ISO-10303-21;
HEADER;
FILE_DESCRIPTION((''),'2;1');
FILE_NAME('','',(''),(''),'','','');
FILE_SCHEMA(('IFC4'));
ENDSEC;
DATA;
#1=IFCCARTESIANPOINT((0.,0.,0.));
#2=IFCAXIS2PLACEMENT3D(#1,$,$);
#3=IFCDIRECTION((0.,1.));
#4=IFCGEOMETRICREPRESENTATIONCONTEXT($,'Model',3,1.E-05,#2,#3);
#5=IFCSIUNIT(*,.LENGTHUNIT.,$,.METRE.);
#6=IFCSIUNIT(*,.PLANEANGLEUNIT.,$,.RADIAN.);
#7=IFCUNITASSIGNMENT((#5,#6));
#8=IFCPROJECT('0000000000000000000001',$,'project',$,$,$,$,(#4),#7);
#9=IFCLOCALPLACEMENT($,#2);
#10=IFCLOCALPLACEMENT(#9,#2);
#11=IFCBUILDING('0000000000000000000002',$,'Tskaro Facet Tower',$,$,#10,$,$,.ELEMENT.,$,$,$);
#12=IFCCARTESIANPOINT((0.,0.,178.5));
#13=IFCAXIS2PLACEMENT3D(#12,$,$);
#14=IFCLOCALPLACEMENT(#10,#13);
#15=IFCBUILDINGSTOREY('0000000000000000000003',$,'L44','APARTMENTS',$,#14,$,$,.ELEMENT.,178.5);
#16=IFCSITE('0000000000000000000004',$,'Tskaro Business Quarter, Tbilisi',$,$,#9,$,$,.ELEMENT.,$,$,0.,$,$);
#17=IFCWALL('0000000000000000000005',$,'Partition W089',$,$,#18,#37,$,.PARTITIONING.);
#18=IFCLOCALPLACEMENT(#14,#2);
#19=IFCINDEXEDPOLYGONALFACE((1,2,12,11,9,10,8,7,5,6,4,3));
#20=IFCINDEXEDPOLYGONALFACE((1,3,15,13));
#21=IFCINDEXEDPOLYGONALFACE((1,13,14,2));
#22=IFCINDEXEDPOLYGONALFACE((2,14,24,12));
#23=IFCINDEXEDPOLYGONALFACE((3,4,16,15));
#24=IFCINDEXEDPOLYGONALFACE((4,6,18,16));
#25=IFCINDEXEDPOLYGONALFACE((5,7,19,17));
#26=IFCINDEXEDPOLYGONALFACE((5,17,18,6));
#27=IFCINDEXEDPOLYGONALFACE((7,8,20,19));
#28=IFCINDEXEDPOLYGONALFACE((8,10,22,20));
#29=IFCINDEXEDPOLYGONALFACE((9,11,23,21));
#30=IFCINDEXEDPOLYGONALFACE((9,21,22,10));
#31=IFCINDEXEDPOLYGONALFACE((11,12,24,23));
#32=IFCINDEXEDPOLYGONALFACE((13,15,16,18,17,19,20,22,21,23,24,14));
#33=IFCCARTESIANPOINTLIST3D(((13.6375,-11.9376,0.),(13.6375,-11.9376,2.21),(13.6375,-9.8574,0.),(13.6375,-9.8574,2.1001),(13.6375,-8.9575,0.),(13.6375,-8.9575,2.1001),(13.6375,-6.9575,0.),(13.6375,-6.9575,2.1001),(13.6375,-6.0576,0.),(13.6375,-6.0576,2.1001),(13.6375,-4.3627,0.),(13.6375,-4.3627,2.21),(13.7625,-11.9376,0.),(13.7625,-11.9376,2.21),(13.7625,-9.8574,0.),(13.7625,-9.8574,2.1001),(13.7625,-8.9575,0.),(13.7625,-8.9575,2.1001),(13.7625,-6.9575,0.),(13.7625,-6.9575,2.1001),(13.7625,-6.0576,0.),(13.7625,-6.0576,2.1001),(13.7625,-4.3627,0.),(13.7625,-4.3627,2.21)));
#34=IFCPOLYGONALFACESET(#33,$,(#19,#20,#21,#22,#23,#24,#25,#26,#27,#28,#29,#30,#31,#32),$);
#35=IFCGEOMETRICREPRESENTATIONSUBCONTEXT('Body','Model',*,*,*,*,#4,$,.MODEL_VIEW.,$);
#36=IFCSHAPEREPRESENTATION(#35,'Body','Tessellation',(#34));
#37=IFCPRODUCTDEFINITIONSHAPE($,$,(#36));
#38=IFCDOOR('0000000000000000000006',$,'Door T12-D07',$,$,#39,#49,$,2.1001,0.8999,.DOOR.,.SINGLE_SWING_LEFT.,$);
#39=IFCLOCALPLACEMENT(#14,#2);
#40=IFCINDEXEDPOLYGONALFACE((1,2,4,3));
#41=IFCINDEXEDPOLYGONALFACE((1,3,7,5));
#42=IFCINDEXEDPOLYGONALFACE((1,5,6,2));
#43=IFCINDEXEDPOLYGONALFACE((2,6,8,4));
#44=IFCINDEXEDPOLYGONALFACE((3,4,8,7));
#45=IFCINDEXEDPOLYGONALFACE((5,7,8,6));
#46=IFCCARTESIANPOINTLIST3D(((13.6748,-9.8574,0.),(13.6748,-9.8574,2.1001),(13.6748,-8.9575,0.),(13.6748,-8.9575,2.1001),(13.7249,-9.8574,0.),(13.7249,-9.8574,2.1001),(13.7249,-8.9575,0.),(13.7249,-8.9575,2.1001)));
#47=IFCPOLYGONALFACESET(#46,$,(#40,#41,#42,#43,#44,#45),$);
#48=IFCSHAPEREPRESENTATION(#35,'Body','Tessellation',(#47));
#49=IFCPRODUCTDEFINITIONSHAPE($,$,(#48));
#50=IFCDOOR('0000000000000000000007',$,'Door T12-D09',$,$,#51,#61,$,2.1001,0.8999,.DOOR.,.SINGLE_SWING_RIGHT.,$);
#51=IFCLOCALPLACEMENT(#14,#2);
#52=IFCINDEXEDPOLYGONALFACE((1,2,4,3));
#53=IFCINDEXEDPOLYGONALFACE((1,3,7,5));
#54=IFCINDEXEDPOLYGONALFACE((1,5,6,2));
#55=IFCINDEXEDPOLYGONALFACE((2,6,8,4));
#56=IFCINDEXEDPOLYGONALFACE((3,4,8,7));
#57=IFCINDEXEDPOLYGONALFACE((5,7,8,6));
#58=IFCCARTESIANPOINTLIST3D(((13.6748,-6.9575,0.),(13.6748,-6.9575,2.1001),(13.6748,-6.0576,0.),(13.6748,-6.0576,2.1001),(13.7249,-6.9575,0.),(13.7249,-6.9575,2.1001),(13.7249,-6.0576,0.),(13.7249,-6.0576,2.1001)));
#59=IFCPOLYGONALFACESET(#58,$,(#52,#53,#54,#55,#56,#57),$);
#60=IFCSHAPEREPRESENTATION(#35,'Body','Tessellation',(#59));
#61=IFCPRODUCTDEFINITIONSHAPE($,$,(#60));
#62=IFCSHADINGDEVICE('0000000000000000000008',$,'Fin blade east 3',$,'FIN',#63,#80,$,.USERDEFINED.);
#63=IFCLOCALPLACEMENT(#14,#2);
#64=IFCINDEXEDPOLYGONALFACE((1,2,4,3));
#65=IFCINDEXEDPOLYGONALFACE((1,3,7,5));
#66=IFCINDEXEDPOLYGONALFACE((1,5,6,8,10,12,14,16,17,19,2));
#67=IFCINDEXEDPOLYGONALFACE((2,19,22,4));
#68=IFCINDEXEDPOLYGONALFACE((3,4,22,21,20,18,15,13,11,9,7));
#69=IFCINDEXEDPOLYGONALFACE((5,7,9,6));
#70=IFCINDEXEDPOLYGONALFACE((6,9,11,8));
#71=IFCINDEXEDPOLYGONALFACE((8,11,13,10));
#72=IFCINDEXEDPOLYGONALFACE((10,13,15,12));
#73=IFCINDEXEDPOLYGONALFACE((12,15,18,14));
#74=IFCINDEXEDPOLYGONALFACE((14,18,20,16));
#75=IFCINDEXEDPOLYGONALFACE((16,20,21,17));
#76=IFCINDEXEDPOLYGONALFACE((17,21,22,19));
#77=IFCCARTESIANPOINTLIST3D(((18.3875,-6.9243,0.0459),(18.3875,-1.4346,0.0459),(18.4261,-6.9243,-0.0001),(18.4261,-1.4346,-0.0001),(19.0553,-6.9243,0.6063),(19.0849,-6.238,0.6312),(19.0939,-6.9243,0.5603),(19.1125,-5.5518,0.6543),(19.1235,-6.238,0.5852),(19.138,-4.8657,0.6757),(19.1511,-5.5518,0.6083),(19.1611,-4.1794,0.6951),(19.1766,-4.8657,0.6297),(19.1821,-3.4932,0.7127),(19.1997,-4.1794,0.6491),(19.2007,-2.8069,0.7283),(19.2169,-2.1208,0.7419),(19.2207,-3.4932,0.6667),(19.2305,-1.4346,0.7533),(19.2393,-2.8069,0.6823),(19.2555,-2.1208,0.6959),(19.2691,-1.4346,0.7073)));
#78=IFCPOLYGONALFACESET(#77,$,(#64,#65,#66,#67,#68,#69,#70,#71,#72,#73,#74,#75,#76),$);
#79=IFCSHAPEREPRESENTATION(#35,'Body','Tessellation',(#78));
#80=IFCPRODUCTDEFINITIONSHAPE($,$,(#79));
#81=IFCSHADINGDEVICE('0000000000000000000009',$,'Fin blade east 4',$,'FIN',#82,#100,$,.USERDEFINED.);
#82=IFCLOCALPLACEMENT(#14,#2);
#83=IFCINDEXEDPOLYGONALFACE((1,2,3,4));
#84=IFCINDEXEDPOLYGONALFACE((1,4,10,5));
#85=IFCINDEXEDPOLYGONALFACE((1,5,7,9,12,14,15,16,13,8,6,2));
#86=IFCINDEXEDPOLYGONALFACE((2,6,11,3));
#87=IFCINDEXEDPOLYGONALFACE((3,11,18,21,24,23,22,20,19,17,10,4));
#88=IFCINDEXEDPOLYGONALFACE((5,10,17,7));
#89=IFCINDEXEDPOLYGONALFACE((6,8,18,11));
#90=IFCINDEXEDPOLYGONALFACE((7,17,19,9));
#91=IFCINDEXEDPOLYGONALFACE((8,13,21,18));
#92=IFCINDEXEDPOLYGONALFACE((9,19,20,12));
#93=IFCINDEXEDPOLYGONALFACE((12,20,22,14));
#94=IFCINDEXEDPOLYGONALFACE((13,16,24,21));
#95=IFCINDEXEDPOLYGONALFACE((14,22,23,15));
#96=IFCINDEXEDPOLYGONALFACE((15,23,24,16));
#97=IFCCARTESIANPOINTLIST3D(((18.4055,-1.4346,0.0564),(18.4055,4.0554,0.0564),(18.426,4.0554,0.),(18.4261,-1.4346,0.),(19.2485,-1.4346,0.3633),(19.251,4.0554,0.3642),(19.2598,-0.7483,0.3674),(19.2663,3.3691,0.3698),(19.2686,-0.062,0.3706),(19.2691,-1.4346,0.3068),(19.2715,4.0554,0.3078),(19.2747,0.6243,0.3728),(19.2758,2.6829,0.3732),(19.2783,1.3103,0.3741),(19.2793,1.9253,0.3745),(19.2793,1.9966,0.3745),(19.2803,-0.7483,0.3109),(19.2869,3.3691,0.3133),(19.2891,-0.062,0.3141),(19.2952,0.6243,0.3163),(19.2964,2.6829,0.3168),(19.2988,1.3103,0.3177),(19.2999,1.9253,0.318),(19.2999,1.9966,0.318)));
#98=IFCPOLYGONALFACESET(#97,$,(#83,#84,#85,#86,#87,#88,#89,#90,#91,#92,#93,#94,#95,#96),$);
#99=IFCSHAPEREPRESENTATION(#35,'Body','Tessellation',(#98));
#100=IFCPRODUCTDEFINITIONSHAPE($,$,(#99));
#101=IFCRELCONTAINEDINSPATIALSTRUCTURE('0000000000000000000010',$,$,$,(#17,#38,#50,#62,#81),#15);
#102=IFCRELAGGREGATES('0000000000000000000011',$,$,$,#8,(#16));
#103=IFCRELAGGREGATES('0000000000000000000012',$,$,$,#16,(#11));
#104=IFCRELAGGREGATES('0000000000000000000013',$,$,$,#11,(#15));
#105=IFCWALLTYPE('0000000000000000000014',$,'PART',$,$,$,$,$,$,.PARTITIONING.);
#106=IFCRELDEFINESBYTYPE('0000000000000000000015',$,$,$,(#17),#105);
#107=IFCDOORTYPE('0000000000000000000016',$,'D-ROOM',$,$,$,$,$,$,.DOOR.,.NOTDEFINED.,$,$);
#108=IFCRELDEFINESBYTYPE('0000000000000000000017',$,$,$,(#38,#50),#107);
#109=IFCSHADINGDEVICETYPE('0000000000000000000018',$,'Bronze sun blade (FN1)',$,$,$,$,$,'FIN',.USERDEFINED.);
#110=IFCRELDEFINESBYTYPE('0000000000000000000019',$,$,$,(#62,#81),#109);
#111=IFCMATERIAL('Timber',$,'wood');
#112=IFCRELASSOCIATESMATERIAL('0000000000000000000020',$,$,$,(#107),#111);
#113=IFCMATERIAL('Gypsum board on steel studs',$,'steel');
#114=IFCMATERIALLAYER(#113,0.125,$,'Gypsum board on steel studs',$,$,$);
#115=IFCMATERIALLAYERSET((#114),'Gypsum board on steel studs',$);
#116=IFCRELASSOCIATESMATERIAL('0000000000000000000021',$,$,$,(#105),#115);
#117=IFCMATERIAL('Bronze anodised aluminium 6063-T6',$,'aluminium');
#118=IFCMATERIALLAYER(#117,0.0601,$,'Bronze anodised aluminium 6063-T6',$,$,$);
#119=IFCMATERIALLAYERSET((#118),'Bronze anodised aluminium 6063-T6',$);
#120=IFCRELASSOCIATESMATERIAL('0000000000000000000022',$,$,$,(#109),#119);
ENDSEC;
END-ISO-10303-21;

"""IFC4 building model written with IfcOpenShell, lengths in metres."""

from ifc_helpers import new_model, si_unit, direction, frame, frame_2d, origin, place, context, subcontext, project, spatial, polyline, rectangle, outline, extrude, material, layer, layer_set, type_object, element, fill, save


model = new_model("IFC4")

# Units and contexts
model_context = context("Model", 3, precision=1e-05, world=origin(), true_north=direction((0.0, 1.0)))
body_context = subcontext(model_context, "Body", "Model", "MODEL_VIEW")
ifc_project = project(units=[si_unit("LENGTHUNIT", "METRE"), si_unit("PLANEANGLEUNIT", "RADIAN")], contexts=[model_context])

# Site, building, storey
site_placement = place(None, origin())
site = spatial("IfcSite", under=ifc_project, at=site_placement, Name="Tskaro Business Quarter, Tbilisi", CompositionType="ELEMENT", RefElevation=0.0)
building_placement = place(site_placement, origin())
building = spatial("IfcBuilding", under=site, at=building_placement, Name="Tskaro Facet Tower", CompositionType="ELEMENT")
storey_placement = place(building_placement, frame((0.0, 0.0, 178.5)))
storey = spatial("IfcBuildingStorey", under=building, at=storey_placement, Name="L44", Description="APARTMENTS", CompositionType="ELEMENT", Elevation=178.5)

# Shared definitions
ifc_material_1 = material(Name="Bronze anodised aluminium 6063-T6", Category="aluminium")

# Shared definitions
ifc_material_2 = material(Name="Timber", Category="wood")
door_type_1 = type_object("IfcDoorType", Name="D-ROOM", OperationType="NOTDEFINED", PredefinedType="DOOR", material=ifc_material_2)
ifc_material_3 = material(Name="Gypsum board on steel studs", Category="steel")
ifc_layer_1 = layer(ifc_material_3, 0.125, Name="Gypsum board on steel studs")
ifc_layer_set_1 = layer_set([ifc_layer_1], Name="Gypsum board on steel studs")
wall_type_1 = type_object("IfcWallType", Name="PART", PredefinedType="PARTITIONING", material=ifc_layer_set_1)

# Wall, openings, doors
wall_1_placement = place(storey_placement, frame((13.7, -4.3625, 0.0), z_axis=(0.0, 0.0, 1.0), x_axis=(0.0, -1.0, 0.0)))
wall_1 = element("IfcWall", 1, at=wall_1_placement, inside=storey, type_object=wall_type_1, Name="Partition W089", PredefinedType="PARTITIONING", context=body_context, shape_type="SweptSolid", body=[
    extrude(rectangle(XDim=7.575, YDim=0.125, at=frame_2d((3.7876, 0.0))), origin(), (0.0, 0.0, 1.0), 2.21),
])
opening_1_placement = place(wall_1_placement, frame((4.595, 0.0, 0.0)))
opening_1 = element("IfcOpeningElement", 2, at=opening_1_placement, cuts=wall_1, PredefinedType="OPENING", context=body_context, shape_type="SweptSolid", body=[
    extrude(rectangle(XDim=0.8999, YDim=2.1001, at=frame_2d((0.45, 1.05))), frame((0.0, 0.0725, 0.0), z_axis=(0.0, -1.0, 0.0), x_axis=(1.0, 0.0, 0.0)), (0.0, 0.0, 1.0), 0.145),
])
opening_2_placement = place(wall_1_placement, frame((1.6951, 0.0, 0.0)))
opening_2 = element("IfcOpeningElement", 3, at=opening_2_placement, cuts=wall_1, PredefinedType="OPENING", context=body_context, shape_type="SweptSolid", body=[
    extrude(rectangle(XDim=0.8999, YDim=2.1001, at=frame_2d((0.45, 1.05))), frame((0.0, 0.0725, 0.0), z_axis=(0.0, -1.0, 0.0), x_axis=(1.0, 0.0, 0.0)), (0.0, 0.0, 1.0), 0.145),
])
door_1_placement = place(opening_1_placement, origin())
door_1 = element("IfcDoor", 4, at=door_1_placement, inside=storey, type_object=door_type_1, Name="Door T12-D07", OperationType="SINGLE_SWING_LEFT", OverallHeight=2.1001, OverallWidth=0.8999, PredefinedType="DOOR", context=body_context, shape_type="SweptSolid", body=[
    extrude(rectangle(XDim=0.8999, YDim=2.1001, at=frame_2d((0.45, 1.05))), frame((0.0, 0.0249, 0.0), z_axis=(0.0, -1.0, 0.0), x_axis=(1.0, 0.0, 0.0)), (0.0, 0.0, 1.0), 0.05),
])
fill(opening_1, door_1)
door_2_placement = place(opening_2_placement, origin())
door_2 = element("IfcDoor", 5, at=door_2_placement, inside=storey, type_object=door_type_1, Name="Door T12-D09", OperationType="SINGLE_SWING_RIGHT", OverallHeight=2.1001, OverallWidth=0.8999, PredefinedType="DOOR", context=body_context, shape_type="SweptSolid", body=[
    extrude(rectangle(XDim=0.8999, YDim=2.1001, at=frame_2d((0.45, 1.05))), frame((0.0, 0.0249, 0.0), z_axis=(0.0, -1.0, 0.0), x_axis=(1.0, 0.0, 0.0)), (0.0, 0.0, 1.0), 0.05),
])
fill(opening_2, door_2)

# Shading devices
ifc_layer_2 = layer(ifc_material_1, 0.0601, Name="Bronze anodised aluminium 6063-T6")
ifc_layer_set_2 = layer_set([ifc_layer_2], Name="Bronze anodised aluminium 6063-T6")
shading_device_type = type_object("IfcShadingDeviceType", Name="Bronze sun blade (FN1)", ElementType="FIN", PredefinedType="USERDEFINED", material=ifc_layer_set_2)
shading_device_1_placement = place(storey_placement, frame((18.3875, -6.9243, 0.0459), z_axis=(-0.642808, 0.000006, 0.766027), x_axis=(0.000004, 1.0, -0.000004)))
element("IfcShadingDevice", 6, at=shading_device_1_placement, inside=storey, type_object=shading_device_type, Name="Fin blade east 3", ObjectType="FIN", PredefinedType="USERDEFINED", context=body_context, shape_type="SweptSolid", body=[
    extrude(outline(polyline([(0.0, 0.0), (5.4897, 0.0), (5.4897, -1.1006), (4.8035, -1.0827), (4.1174, -1.0616), (3.4312, -1.0373), (2.7449, -1.01), (2.0586, -0.9798), (1.3726, -0.9465), (0.6863, -0.9105), (0.0, -0.8718), (0.0, 0.0)])), origin(), (0.0, 0.0, -1.0), 0.0601),
])
shading_device_2_placement = place(storey_placement, frame((18.4055, -1.4346, 0.0564), z_axis=(-0.342043, -0.000007, 0.939684), x_axis=(-0.000002, 1.0, 0.000006)))
element("IfcShadingDevice", 7, at=shading_device_2_placement, inside=storey, type_object=shading_device_type, Name="Fin blade east 4", ObjectType="FIN", PredefinedType="USERDEFINED", context=body_context, shape_type="SweptSolid", body=[
    extrude(outline(polyline([(0.0, 0.0), (5.49, 0.0), (5.49, -0.8998), (4.8037, -0.9161), (4.1174, -0.9262), (3.4312, -0.9299), (3.3599, -0.9299), (2.7449, -0.9288), (2.0588, -0.9249), (1.3726, -0.9185), (0.6863, -0.9091), (0.0, -0.8971), (0.0, 0.0)])), origin(), (0.0, 0.0, -1.0), 0.0601),
])

save(model, "model.ifc")
